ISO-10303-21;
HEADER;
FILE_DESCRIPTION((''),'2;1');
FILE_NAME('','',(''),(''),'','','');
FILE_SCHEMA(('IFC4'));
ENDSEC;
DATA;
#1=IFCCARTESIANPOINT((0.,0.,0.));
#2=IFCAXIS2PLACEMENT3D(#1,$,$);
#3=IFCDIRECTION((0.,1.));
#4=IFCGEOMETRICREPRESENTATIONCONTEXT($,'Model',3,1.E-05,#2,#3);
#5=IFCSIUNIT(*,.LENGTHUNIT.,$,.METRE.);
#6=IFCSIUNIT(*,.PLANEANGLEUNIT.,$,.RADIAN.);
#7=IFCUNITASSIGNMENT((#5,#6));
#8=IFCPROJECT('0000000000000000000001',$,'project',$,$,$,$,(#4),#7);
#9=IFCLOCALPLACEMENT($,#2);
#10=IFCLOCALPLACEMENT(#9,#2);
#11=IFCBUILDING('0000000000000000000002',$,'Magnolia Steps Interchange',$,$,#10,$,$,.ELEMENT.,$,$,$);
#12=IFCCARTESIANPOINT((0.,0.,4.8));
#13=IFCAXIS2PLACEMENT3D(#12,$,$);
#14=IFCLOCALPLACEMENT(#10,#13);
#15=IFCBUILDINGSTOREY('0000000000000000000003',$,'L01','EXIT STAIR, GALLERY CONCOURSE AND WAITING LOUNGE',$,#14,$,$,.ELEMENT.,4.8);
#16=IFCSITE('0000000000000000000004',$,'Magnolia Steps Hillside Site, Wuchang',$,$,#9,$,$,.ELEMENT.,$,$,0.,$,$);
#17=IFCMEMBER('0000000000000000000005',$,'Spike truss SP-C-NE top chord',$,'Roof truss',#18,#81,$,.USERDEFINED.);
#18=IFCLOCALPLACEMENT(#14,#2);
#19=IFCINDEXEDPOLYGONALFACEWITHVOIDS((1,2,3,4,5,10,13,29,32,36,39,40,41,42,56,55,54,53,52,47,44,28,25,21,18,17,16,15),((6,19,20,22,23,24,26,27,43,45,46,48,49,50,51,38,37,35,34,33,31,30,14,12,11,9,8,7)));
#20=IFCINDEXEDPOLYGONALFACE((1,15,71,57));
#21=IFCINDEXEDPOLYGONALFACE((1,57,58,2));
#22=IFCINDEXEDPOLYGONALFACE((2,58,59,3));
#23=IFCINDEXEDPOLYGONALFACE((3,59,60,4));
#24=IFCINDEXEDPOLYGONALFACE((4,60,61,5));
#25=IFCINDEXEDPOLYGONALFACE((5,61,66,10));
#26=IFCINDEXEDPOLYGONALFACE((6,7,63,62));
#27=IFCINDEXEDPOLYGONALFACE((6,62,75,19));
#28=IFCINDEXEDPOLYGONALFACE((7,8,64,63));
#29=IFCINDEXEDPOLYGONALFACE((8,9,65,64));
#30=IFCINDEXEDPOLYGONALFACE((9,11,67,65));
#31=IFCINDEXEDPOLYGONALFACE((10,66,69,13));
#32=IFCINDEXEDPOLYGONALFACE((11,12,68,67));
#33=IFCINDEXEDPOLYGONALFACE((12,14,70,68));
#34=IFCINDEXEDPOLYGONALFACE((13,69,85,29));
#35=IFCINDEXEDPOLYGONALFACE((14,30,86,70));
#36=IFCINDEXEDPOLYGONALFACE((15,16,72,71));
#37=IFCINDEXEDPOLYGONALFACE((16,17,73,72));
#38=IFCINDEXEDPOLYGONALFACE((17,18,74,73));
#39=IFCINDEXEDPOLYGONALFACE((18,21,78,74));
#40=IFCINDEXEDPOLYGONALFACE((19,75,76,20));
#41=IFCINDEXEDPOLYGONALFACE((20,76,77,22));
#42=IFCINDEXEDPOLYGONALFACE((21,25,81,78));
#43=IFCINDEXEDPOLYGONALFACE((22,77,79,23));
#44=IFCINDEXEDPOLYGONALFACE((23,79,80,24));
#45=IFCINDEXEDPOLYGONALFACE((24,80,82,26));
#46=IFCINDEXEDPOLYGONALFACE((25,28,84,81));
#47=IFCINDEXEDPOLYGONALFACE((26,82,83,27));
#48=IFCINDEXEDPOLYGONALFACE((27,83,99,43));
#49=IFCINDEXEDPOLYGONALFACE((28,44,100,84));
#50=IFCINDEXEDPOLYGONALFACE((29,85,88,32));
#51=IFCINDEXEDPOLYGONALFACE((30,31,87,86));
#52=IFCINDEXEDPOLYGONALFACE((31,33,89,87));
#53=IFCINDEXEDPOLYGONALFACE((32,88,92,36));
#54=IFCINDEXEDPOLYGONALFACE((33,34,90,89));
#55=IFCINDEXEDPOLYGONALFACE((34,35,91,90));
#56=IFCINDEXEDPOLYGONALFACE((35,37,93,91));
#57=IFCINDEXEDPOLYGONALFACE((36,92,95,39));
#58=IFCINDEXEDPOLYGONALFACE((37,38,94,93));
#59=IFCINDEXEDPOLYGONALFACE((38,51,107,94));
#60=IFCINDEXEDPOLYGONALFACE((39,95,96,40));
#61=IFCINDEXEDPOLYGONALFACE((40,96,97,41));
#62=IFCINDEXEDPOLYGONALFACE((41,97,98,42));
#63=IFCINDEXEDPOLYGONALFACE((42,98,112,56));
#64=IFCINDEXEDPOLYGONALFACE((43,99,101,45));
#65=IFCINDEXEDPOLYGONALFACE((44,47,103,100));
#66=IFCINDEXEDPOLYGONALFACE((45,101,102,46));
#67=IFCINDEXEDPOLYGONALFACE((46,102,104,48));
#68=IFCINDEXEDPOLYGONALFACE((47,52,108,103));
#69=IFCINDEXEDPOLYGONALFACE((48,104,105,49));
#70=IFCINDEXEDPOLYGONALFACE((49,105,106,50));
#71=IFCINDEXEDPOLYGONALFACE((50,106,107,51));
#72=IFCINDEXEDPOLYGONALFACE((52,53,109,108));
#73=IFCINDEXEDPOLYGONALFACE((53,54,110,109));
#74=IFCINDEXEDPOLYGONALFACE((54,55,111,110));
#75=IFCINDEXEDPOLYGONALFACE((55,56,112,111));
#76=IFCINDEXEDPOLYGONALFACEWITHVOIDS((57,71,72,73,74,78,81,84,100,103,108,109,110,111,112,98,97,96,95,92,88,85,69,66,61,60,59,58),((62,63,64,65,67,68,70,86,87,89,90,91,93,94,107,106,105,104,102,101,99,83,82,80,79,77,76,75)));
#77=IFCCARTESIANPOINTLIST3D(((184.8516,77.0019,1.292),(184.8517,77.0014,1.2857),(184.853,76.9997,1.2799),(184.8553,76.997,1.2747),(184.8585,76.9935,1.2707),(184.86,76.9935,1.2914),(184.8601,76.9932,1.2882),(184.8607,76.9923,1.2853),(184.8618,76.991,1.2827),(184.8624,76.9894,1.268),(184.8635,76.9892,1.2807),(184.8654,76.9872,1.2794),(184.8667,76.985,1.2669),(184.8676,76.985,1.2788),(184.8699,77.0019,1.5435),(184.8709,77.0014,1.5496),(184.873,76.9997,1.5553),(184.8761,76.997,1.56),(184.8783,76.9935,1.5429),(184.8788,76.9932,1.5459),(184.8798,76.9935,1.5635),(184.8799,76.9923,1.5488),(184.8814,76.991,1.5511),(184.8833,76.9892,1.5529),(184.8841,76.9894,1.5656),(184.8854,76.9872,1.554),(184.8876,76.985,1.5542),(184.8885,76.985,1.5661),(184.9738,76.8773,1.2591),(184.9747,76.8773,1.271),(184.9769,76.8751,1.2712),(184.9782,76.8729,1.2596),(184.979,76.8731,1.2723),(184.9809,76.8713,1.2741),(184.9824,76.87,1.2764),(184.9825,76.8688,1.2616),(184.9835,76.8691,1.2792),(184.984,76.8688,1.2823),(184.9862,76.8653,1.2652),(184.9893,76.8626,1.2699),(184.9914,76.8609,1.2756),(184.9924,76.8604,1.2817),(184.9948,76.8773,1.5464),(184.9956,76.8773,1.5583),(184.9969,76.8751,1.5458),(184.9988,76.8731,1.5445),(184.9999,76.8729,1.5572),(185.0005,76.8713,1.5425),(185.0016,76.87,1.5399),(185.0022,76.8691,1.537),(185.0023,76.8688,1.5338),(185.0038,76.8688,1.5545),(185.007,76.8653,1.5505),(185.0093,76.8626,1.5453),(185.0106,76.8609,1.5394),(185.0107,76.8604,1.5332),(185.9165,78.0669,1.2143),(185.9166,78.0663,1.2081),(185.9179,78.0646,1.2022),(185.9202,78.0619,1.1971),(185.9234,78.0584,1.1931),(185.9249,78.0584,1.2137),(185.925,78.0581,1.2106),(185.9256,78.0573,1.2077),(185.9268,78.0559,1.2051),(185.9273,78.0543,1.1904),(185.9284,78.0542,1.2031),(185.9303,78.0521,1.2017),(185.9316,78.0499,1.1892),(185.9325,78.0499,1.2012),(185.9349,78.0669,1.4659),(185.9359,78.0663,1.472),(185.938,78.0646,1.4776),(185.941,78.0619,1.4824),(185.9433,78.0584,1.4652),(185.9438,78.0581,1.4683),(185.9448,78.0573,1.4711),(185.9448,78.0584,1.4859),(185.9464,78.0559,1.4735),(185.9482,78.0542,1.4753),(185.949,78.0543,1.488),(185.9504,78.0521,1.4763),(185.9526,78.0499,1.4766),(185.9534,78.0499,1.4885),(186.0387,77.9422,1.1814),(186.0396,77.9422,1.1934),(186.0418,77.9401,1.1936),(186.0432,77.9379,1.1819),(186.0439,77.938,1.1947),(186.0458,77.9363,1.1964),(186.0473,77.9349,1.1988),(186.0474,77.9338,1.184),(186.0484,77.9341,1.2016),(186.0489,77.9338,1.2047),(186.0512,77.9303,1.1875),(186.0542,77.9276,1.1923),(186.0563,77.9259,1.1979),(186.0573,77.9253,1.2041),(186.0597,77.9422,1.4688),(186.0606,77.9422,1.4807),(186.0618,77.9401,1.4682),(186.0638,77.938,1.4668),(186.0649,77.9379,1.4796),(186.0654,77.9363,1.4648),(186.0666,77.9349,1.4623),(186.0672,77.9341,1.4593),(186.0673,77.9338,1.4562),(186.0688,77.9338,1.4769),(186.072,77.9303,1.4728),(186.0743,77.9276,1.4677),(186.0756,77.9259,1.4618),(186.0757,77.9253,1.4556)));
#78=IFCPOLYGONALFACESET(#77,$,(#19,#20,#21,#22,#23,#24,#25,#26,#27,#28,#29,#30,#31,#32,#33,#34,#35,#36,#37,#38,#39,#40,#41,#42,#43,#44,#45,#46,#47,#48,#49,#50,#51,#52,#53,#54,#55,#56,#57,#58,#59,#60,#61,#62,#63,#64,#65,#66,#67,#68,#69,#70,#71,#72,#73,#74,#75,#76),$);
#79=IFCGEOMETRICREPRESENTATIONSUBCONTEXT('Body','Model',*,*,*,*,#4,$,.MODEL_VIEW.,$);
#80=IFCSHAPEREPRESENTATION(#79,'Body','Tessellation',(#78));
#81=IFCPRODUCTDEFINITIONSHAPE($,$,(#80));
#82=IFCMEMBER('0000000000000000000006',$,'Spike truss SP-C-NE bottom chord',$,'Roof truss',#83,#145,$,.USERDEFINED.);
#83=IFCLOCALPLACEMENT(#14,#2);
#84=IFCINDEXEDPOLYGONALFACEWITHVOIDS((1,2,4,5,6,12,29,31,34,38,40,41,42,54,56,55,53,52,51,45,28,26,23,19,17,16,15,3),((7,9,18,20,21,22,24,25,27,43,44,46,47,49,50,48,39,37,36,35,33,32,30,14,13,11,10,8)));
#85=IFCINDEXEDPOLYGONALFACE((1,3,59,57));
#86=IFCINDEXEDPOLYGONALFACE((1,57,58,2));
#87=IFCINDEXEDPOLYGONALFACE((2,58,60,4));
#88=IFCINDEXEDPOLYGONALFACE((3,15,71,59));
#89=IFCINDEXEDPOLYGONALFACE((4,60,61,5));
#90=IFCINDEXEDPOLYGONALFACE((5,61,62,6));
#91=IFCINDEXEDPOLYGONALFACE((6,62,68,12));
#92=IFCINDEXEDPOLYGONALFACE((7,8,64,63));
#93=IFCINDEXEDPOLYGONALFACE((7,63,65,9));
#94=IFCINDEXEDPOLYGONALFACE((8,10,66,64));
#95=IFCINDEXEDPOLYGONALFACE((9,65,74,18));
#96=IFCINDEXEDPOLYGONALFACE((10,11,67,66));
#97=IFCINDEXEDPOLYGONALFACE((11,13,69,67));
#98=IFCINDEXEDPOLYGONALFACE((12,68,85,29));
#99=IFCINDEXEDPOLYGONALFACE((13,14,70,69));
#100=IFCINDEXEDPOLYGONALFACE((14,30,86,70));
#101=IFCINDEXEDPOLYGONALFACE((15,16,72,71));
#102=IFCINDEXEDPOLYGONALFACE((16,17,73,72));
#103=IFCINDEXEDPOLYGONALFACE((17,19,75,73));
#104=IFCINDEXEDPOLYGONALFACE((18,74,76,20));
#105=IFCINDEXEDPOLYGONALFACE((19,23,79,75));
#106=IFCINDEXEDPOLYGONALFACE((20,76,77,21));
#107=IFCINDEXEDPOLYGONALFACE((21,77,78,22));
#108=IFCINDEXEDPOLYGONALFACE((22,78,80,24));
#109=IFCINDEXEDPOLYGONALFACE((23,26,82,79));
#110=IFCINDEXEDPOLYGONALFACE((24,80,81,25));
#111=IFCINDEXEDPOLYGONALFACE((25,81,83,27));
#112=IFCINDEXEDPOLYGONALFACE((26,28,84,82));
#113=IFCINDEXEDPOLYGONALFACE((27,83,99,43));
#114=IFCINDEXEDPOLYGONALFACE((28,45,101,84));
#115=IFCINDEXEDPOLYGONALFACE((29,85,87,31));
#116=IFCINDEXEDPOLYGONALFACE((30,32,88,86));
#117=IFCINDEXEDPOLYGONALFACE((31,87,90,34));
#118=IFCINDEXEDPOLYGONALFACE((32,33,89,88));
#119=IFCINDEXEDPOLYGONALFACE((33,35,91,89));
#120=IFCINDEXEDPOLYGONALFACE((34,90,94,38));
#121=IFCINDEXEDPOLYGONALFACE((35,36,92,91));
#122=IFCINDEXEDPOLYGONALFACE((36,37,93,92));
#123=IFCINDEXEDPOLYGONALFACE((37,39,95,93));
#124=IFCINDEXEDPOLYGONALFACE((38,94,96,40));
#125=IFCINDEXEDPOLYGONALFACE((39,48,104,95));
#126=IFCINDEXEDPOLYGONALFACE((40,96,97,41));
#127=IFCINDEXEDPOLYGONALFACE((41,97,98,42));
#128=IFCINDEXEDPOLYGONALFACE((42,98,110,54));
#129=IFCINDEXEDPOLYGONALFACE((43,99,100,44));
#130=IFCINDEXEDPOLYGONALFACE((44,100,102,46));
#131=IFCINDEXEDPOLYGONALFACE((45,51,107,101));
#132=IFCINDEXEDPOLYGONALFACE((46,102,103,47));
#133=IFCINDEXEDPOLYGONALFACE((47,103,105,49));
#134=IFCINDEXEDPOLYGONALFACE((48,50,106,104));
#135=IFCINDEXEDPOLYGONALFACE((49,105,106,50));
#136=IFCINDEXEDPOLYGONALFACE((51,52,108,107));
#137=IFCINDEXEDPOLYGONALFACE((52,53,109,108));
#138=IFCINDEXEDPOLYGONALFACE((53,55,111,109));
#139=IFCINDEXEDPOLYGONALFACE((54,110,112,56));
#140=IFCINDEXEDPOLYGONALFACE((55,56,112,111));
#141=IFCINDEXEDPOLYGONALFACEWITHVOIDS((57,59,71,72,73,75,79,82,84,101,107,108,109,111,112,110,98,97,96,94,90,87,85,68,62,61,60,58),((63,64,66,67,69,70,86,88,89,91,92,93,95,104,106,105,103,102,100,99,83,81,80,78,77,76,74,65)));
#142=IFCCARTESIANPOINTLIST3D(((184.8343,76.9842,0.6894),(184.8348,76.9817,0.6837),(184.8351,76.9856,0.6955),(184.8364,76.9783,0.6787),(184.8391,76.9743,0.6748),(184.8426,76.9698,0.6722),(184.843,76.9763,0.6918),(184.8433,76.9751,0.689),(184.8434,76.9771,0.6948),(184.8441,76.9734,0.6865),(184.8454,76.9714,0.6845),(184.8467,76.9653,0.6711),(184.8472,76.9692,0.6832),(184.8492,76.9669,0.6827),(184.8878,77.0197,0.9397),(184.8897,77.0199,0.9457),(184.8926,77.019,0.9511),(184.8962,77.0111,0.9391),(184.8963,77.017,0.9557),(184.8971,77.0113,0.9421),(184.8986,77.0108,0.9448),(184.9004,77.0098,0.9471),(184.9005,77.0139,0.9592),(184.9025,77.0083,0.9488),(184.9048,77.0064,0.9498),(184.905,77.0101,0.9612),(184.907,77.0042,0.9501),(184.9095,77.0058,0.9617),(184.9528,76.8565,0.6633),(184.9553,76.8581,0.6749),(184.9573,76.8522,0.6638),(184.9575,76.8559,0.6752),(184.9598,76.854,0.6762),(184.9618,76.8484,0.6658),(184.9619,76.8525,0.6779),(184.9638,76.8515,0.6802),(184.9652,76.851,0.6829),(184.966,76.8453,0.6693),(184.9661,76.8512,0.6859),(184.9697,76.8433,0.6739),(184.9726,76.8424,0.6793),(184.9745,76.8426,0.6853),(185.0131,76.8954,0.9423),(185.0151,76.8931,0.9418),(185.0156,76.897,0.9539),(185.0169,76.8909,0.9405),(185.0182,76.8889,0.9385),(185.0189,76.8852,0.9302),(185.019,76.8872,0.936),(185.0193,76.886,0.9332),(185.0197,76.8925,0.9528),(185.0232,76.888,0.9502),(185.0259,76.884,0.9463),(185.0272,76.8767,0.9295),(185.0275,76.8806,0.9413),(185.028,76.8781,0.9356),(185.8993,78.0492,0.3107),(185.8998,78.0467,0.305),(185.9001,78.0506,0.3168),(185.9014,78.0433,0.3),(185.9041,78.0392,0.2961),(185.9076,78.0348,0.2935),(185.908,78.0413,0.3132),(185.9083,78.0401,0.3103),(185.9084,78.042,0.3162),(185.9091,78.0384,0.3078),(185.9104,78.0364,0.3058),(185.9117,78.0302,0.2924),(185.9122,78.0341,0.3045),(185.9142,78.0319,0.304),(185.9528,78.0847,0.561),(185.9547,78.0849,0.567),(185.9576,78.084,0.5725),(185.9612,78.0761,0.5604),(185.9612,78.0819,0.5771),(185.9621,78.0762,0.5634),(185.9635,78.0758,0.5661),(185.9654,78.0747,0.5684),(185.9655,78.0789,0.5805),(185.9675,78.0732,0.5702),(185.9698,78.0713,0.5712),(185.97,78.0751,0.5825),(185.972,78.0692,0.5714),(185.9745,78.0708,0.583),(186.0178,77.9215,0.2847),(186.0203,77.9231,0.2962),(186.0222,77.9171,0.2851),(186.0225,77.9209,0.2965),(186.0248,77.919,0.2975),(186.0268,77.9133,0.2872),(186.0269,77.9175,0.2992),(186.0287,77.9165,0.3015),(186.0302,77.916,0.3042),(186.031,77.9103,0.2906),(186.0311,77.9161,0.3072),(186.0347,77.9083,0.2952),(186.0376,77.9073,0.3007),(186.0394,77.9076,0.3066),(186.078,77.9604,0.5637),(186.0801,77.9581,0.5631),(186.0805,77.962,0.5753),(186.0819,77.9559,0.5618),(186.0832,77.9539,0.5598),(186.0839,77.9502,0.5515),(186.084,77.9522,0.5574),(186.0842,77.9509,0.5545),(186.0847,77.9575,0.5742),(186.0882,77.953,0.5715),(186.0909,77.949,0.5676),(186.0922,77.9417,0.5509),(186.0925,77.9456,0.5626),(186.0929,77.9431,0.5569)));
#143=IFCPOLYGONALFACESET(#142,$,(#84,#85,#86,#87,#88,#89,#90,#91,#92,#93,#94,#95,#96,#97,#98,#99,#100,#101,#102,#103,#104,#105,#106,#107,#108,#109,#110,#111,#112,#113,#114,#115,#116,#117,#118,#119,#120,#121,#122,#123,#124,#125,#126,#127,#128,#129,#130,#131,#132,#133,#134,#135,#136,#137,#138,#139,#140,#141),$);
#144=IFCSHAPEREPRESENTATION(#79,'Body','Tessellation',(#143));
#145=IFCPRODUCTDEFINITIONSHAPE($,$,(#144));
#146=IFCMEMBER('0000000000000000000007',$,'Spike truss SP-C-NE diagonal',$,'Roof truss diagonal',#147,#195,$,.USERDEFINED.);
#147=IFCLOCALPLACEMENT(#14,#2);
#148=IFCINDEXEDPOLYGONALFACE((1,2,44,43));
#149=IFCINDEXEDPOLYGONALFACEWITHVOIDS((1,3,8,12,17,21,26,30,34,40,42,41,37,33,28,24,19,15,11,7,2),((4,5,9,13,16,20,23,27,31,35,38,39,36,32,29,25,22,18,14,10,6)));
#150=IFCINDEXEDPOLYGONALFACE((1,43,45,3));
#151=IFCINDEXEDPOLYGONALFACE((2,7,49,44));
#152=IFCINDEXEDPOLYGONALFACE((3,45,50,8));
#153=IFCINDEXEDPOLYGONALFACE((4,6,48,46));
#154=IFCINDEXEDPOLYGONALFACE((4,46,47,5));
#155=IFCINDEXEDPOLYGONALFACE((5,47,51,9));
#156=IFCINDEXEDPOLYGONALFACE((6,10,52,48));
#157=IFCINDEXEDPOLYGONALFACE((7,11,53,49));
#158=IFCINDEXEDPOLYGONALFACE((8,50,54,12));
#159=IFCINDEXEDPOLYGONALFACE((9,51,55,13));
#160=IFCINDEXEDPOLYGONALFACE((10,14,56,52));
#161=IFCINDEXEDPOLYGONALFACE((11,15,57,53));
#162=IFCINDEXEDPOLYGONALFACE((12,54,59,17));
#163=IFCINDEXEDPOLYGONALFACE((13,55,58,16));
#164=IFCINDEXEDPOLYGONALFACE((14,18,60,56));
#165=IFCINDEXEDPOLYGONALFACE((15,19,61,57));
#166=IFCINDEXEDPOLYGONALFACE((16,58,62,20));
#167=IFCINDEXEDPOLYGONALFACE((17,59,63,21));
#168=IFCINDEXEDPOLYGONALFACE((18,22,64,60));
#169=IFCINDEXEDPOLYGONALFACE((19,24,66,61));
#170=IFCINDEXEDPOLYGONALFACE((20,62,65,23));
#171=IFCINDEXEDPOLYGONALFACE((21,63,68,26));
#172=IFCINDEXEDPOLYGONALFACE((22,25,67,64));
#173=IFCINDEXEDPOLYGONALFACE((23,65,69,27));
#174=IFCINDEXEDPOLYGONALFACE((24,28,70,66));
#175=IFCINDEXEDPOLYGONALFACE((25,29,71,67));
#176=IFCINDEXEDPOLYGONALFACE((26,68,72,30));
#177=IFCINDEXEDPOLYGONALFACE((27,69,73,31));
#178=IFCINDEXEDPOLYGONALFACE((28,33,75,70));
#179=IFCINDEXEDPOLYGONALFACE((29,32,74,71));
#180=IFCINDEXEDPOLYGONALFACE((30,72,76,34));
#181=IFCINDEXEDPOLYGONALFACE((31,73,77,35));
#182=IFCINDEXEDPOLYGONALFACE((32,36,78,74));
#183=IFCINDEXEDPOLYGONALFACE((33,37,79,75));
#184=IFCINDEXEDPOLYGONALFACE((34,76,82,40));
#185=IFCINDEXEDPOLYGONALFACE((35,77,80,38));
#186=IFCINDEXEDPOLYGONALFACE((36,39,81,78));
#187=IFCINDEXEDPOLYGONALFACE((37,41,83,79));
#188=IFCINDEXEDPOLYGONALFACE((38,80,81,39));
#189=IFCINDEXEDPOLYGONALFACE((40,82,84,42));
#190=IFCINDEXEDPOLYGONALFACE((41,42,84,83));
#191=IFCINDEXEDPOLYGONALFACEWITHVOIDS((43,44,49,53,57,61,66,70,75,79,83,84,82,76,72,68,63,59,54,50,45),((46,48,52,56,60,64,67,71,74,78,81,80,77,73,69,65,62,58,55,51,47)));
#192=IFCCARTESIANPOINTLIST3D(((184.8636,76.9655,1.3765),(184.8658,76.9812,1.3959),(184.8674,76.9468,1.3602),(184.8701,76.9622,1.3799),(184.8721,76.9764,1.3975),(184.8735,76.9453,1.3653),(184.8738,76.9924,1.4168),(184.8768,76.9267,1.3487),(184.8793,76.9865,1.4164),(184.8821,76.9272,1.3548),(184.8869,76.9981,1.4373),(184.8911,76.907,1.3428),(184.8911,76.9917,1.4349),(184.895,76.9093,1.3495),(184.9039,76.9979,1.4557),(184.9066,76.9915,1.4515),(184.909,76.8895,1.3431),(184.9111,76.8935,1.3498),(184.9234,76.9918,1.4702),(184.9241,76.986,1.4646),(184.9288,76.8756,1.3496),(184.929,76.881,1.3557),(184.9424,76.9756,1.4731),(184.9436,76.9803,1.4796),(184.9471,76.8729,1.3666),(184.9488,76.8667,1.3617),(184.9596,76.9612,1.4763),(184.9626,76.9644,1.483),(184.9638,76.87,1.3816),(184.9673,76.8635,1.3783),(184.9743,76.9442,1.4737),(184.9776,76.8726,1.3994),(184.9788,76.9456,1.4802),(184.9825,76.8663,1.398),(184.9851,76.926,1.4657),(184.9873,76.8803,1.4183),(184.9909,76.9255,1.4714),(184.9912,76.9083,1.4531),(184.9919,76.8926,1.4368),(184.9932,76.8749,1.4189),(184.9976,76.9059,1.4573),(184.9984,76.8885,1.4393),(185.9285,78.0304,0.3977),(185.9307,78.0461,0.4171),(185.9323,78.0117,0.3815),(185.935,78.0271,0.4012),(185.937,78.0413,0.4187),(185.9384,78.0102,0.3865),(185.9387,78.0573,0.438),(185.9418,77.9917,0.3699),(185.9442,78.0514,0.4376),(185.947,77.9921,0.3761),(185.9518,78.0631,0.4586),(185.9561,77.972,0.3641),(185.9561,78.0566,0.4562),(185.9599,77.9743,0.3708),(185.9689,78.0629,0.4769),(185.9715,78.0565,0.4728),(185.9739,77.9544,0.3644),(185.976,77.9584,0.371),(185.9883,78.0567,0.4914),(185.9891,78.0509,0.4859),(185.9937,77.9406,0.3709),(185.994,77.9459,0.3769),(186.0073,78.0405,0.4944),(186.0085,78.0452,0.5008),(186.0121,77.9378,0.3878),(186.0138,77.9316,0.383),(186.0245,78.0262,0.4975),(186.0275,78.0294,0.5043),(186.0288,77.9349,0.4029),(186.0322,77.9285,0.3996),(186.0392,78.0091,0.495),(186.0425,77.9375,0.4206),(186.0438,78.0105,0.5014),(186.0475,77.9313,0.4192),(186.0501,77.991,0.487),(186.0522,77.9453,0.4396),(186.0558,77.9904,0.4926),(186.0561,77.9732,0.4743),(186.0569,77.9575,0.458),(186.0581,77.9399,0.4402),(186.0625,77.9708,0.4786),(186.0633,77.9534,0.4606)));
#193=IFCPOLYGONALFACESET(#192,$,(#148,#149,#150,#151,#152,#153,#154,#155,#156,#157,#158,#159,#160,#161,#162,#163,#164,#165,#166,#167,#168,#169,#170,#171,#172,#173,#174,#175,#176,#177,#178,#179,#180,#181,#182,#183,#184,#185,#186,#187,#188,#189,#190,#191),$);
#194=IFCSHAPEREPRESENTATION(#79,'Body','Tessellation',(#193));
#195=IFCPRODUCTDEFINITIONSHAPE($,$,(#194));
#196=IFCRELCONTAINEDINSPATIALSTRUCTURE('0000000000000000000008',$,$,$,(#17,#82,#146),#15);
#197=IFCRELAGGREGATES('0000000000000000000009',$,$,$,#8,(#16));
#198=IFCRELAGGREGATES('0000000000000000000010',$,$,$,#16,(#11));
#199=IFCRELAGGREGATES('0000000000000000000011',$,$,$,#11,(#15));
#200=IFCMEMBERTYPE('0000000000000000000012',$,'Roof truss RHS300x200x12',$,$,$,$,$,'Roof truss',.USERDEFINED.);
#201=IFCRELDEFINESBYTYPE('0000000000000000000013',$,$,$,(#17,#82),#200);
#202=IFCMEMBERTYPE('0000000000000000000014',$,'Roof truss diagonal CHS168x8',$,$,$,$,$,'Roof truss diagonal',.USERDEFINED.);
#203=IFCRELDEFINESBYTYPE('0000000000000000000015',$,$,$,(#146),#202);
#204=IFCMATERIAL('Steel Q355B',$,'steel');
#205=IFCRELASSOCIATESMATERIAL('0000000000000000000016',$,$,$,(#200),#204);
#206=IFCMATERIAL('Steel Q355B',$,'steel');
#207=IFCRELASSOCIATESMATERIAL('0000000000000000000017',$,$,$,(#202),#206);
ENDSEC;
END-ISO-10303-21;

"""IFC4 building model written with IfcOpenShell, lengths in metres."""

from ifc_helpers import new_model, si_unit, direction, frame, origin, origin_2d, place, context, subcontext, project, spatial, hollow_rectangle, hollow_circle, extrude, material, material_profile, profile_set, type_object, element, save


model = new_model("IFC4")

# Units and contexts
model_context = context("Model", 3, precision=1e-05, world=origin(), true_north=direction((0.0, 1.0)))
body_context = subcontext(model_context, "Body", "Model", "MODEL_VIEW")
ifc_project = project(units=[si_unit("LENGTHUNIT", "METRE"), si_unit("PLANEANGLEUNIT", "RADIAN")], contexts=[model_context])

# Site, building, storey
site_placement = place(None, origin())
site = spatial("IfcSite", under=ifc_project, at=site_placement, Name="Magnolia Steps Hillside Site, Wuchang", CompositionType="ELEMENT", RefElevation=0.0)
building_placement = place(site_placement, origin())
building = spatial("IfcBuilding", under=site, at=building_placement, Name="Magnolia Steps Interchange", CompositionType="ELEMENT")
storey_placement = place(building_placement, frame((0.0, 0.0, 4.8)))
storey = spatial("IfcBuildingStorey", under=building, at=storey_placement, Name="L01", Description="EXIT STAIR, GALLERY CONCOURSE AND WAITING LOUNGE", CompositionType="ELEMENT", Elevation=4.8)

# Members
ifc_material_1 = material(Name="Steel Q355B", Category="steel")
ifc_material_profile_1 = material_profile(ifc_material_1, hollow_rectangle(XDim=0.2, YDim=0.3, WallThickness=0.012, InnerFilletRadius=0.012, OuterFilletRadius=0.0239, at=origin_2d()), Name="RHS300x200x12")
ifc_profile_set_1 = profile_set([ifc_material_profile_1], Name="Steel Q355B")
member_type_1 = type_object("IfcMemberType", Name="Roof truss RHS300x200x12", ElementType="Roof truss", PredefinedType="USERDEFINED", material=ifc_profile_set_1)
member_1_placement = place(storey_placement, frame((184.9312, 76.9312, 1.4126), z_axis=(0.706169, 0.706169, -0.051481), x_axis=(-0.704299, 0.708043, 0.051355)))
element("IfcMember", 1, at=member_1_placement, inside=storey, type_object=member_type_1, Name="Spike truss SP-C-NE top chord", ObjectType="Roof truss", PredefinedType="USERDEFINED", context=body_context, shape_type="SweptSolid", body=[
    extrude(hollow_rectangle(XDim=0.2, YDim=0.3, WallThickness=0.012, InnerFilletRadius=0.012, OuterFilletRadius=0.0239, at=origin_2d()), origin(), (0.0, 0.0, 1.0), 1.5081),
])
member_2_placement = place(storey_placement, frame((184.9312, 76.9312, 0.8125), z_axis=(0.685764, 0.685764, -0.243838), x_axis=(-0.697098, 0.715172, 0.050832)))
element("IfcMember", 2, at=member_2_placement, inside=storey, type_object=member_type_1, Name="Spike truss SP-C-NE bottom chord", ObjectType="Roof truss", PredefinedType="USERDEFINED", context=body_context, shape_type="SweptSolid", body=[
    extrude(hollow_rectangle(XDim=0.2, YDim=0.3, WallThickness=0.012, InnerFilletRadius=0.012, OuterFilletRadius=0.0239, at=origin_2d()), origin(), (0.0, 0.0, 1.0), 1.553),
])
ifc_material_2 = material(Name="Steel Q355B", Category="steel")
ifc_material_profile_2 = material_profile(ifc_material_2, hollow_circle(Radius=0.084, WallThickness=0.0081, at=origin_2d()), Name="CHS168x8")
ifc_profile_set_2 = profile_set([ifc_material_profile_2], Name="Steel Q355B")
member_type_2 = type_object("IfcMemberType", Name="Roof truss diagonal CHS168x8", ElementType="Roof truss diagonal", PredefinedType="USERDEFINED", material=ifc_profile_set_2)
member_3_placement = place(storey_placement, frame((184.9312, 76.9312, 1.4126), z_axis=(0.592901, 0.592901, -0.54492), x_axis=(-0.682973, 0.728744, 0.049802)))
element("IfcMember", 3, at=member_3_placement, inside=storey, type_object=member_type_2, Name="Spike truss SP-C-NE diagonal", ObjectType="Roof truss diagonal", PredefinedType="USERDEFINED", context=body_context, shape_type="SweptSolid", body=[
    extrude(hollow_circle(Radius=0.084, WallThickness=0.0081, at=origin_2d()), origin(), (0.0, 0.0, 1.0), 1.7961),
])

save(model, "model.ifc")
